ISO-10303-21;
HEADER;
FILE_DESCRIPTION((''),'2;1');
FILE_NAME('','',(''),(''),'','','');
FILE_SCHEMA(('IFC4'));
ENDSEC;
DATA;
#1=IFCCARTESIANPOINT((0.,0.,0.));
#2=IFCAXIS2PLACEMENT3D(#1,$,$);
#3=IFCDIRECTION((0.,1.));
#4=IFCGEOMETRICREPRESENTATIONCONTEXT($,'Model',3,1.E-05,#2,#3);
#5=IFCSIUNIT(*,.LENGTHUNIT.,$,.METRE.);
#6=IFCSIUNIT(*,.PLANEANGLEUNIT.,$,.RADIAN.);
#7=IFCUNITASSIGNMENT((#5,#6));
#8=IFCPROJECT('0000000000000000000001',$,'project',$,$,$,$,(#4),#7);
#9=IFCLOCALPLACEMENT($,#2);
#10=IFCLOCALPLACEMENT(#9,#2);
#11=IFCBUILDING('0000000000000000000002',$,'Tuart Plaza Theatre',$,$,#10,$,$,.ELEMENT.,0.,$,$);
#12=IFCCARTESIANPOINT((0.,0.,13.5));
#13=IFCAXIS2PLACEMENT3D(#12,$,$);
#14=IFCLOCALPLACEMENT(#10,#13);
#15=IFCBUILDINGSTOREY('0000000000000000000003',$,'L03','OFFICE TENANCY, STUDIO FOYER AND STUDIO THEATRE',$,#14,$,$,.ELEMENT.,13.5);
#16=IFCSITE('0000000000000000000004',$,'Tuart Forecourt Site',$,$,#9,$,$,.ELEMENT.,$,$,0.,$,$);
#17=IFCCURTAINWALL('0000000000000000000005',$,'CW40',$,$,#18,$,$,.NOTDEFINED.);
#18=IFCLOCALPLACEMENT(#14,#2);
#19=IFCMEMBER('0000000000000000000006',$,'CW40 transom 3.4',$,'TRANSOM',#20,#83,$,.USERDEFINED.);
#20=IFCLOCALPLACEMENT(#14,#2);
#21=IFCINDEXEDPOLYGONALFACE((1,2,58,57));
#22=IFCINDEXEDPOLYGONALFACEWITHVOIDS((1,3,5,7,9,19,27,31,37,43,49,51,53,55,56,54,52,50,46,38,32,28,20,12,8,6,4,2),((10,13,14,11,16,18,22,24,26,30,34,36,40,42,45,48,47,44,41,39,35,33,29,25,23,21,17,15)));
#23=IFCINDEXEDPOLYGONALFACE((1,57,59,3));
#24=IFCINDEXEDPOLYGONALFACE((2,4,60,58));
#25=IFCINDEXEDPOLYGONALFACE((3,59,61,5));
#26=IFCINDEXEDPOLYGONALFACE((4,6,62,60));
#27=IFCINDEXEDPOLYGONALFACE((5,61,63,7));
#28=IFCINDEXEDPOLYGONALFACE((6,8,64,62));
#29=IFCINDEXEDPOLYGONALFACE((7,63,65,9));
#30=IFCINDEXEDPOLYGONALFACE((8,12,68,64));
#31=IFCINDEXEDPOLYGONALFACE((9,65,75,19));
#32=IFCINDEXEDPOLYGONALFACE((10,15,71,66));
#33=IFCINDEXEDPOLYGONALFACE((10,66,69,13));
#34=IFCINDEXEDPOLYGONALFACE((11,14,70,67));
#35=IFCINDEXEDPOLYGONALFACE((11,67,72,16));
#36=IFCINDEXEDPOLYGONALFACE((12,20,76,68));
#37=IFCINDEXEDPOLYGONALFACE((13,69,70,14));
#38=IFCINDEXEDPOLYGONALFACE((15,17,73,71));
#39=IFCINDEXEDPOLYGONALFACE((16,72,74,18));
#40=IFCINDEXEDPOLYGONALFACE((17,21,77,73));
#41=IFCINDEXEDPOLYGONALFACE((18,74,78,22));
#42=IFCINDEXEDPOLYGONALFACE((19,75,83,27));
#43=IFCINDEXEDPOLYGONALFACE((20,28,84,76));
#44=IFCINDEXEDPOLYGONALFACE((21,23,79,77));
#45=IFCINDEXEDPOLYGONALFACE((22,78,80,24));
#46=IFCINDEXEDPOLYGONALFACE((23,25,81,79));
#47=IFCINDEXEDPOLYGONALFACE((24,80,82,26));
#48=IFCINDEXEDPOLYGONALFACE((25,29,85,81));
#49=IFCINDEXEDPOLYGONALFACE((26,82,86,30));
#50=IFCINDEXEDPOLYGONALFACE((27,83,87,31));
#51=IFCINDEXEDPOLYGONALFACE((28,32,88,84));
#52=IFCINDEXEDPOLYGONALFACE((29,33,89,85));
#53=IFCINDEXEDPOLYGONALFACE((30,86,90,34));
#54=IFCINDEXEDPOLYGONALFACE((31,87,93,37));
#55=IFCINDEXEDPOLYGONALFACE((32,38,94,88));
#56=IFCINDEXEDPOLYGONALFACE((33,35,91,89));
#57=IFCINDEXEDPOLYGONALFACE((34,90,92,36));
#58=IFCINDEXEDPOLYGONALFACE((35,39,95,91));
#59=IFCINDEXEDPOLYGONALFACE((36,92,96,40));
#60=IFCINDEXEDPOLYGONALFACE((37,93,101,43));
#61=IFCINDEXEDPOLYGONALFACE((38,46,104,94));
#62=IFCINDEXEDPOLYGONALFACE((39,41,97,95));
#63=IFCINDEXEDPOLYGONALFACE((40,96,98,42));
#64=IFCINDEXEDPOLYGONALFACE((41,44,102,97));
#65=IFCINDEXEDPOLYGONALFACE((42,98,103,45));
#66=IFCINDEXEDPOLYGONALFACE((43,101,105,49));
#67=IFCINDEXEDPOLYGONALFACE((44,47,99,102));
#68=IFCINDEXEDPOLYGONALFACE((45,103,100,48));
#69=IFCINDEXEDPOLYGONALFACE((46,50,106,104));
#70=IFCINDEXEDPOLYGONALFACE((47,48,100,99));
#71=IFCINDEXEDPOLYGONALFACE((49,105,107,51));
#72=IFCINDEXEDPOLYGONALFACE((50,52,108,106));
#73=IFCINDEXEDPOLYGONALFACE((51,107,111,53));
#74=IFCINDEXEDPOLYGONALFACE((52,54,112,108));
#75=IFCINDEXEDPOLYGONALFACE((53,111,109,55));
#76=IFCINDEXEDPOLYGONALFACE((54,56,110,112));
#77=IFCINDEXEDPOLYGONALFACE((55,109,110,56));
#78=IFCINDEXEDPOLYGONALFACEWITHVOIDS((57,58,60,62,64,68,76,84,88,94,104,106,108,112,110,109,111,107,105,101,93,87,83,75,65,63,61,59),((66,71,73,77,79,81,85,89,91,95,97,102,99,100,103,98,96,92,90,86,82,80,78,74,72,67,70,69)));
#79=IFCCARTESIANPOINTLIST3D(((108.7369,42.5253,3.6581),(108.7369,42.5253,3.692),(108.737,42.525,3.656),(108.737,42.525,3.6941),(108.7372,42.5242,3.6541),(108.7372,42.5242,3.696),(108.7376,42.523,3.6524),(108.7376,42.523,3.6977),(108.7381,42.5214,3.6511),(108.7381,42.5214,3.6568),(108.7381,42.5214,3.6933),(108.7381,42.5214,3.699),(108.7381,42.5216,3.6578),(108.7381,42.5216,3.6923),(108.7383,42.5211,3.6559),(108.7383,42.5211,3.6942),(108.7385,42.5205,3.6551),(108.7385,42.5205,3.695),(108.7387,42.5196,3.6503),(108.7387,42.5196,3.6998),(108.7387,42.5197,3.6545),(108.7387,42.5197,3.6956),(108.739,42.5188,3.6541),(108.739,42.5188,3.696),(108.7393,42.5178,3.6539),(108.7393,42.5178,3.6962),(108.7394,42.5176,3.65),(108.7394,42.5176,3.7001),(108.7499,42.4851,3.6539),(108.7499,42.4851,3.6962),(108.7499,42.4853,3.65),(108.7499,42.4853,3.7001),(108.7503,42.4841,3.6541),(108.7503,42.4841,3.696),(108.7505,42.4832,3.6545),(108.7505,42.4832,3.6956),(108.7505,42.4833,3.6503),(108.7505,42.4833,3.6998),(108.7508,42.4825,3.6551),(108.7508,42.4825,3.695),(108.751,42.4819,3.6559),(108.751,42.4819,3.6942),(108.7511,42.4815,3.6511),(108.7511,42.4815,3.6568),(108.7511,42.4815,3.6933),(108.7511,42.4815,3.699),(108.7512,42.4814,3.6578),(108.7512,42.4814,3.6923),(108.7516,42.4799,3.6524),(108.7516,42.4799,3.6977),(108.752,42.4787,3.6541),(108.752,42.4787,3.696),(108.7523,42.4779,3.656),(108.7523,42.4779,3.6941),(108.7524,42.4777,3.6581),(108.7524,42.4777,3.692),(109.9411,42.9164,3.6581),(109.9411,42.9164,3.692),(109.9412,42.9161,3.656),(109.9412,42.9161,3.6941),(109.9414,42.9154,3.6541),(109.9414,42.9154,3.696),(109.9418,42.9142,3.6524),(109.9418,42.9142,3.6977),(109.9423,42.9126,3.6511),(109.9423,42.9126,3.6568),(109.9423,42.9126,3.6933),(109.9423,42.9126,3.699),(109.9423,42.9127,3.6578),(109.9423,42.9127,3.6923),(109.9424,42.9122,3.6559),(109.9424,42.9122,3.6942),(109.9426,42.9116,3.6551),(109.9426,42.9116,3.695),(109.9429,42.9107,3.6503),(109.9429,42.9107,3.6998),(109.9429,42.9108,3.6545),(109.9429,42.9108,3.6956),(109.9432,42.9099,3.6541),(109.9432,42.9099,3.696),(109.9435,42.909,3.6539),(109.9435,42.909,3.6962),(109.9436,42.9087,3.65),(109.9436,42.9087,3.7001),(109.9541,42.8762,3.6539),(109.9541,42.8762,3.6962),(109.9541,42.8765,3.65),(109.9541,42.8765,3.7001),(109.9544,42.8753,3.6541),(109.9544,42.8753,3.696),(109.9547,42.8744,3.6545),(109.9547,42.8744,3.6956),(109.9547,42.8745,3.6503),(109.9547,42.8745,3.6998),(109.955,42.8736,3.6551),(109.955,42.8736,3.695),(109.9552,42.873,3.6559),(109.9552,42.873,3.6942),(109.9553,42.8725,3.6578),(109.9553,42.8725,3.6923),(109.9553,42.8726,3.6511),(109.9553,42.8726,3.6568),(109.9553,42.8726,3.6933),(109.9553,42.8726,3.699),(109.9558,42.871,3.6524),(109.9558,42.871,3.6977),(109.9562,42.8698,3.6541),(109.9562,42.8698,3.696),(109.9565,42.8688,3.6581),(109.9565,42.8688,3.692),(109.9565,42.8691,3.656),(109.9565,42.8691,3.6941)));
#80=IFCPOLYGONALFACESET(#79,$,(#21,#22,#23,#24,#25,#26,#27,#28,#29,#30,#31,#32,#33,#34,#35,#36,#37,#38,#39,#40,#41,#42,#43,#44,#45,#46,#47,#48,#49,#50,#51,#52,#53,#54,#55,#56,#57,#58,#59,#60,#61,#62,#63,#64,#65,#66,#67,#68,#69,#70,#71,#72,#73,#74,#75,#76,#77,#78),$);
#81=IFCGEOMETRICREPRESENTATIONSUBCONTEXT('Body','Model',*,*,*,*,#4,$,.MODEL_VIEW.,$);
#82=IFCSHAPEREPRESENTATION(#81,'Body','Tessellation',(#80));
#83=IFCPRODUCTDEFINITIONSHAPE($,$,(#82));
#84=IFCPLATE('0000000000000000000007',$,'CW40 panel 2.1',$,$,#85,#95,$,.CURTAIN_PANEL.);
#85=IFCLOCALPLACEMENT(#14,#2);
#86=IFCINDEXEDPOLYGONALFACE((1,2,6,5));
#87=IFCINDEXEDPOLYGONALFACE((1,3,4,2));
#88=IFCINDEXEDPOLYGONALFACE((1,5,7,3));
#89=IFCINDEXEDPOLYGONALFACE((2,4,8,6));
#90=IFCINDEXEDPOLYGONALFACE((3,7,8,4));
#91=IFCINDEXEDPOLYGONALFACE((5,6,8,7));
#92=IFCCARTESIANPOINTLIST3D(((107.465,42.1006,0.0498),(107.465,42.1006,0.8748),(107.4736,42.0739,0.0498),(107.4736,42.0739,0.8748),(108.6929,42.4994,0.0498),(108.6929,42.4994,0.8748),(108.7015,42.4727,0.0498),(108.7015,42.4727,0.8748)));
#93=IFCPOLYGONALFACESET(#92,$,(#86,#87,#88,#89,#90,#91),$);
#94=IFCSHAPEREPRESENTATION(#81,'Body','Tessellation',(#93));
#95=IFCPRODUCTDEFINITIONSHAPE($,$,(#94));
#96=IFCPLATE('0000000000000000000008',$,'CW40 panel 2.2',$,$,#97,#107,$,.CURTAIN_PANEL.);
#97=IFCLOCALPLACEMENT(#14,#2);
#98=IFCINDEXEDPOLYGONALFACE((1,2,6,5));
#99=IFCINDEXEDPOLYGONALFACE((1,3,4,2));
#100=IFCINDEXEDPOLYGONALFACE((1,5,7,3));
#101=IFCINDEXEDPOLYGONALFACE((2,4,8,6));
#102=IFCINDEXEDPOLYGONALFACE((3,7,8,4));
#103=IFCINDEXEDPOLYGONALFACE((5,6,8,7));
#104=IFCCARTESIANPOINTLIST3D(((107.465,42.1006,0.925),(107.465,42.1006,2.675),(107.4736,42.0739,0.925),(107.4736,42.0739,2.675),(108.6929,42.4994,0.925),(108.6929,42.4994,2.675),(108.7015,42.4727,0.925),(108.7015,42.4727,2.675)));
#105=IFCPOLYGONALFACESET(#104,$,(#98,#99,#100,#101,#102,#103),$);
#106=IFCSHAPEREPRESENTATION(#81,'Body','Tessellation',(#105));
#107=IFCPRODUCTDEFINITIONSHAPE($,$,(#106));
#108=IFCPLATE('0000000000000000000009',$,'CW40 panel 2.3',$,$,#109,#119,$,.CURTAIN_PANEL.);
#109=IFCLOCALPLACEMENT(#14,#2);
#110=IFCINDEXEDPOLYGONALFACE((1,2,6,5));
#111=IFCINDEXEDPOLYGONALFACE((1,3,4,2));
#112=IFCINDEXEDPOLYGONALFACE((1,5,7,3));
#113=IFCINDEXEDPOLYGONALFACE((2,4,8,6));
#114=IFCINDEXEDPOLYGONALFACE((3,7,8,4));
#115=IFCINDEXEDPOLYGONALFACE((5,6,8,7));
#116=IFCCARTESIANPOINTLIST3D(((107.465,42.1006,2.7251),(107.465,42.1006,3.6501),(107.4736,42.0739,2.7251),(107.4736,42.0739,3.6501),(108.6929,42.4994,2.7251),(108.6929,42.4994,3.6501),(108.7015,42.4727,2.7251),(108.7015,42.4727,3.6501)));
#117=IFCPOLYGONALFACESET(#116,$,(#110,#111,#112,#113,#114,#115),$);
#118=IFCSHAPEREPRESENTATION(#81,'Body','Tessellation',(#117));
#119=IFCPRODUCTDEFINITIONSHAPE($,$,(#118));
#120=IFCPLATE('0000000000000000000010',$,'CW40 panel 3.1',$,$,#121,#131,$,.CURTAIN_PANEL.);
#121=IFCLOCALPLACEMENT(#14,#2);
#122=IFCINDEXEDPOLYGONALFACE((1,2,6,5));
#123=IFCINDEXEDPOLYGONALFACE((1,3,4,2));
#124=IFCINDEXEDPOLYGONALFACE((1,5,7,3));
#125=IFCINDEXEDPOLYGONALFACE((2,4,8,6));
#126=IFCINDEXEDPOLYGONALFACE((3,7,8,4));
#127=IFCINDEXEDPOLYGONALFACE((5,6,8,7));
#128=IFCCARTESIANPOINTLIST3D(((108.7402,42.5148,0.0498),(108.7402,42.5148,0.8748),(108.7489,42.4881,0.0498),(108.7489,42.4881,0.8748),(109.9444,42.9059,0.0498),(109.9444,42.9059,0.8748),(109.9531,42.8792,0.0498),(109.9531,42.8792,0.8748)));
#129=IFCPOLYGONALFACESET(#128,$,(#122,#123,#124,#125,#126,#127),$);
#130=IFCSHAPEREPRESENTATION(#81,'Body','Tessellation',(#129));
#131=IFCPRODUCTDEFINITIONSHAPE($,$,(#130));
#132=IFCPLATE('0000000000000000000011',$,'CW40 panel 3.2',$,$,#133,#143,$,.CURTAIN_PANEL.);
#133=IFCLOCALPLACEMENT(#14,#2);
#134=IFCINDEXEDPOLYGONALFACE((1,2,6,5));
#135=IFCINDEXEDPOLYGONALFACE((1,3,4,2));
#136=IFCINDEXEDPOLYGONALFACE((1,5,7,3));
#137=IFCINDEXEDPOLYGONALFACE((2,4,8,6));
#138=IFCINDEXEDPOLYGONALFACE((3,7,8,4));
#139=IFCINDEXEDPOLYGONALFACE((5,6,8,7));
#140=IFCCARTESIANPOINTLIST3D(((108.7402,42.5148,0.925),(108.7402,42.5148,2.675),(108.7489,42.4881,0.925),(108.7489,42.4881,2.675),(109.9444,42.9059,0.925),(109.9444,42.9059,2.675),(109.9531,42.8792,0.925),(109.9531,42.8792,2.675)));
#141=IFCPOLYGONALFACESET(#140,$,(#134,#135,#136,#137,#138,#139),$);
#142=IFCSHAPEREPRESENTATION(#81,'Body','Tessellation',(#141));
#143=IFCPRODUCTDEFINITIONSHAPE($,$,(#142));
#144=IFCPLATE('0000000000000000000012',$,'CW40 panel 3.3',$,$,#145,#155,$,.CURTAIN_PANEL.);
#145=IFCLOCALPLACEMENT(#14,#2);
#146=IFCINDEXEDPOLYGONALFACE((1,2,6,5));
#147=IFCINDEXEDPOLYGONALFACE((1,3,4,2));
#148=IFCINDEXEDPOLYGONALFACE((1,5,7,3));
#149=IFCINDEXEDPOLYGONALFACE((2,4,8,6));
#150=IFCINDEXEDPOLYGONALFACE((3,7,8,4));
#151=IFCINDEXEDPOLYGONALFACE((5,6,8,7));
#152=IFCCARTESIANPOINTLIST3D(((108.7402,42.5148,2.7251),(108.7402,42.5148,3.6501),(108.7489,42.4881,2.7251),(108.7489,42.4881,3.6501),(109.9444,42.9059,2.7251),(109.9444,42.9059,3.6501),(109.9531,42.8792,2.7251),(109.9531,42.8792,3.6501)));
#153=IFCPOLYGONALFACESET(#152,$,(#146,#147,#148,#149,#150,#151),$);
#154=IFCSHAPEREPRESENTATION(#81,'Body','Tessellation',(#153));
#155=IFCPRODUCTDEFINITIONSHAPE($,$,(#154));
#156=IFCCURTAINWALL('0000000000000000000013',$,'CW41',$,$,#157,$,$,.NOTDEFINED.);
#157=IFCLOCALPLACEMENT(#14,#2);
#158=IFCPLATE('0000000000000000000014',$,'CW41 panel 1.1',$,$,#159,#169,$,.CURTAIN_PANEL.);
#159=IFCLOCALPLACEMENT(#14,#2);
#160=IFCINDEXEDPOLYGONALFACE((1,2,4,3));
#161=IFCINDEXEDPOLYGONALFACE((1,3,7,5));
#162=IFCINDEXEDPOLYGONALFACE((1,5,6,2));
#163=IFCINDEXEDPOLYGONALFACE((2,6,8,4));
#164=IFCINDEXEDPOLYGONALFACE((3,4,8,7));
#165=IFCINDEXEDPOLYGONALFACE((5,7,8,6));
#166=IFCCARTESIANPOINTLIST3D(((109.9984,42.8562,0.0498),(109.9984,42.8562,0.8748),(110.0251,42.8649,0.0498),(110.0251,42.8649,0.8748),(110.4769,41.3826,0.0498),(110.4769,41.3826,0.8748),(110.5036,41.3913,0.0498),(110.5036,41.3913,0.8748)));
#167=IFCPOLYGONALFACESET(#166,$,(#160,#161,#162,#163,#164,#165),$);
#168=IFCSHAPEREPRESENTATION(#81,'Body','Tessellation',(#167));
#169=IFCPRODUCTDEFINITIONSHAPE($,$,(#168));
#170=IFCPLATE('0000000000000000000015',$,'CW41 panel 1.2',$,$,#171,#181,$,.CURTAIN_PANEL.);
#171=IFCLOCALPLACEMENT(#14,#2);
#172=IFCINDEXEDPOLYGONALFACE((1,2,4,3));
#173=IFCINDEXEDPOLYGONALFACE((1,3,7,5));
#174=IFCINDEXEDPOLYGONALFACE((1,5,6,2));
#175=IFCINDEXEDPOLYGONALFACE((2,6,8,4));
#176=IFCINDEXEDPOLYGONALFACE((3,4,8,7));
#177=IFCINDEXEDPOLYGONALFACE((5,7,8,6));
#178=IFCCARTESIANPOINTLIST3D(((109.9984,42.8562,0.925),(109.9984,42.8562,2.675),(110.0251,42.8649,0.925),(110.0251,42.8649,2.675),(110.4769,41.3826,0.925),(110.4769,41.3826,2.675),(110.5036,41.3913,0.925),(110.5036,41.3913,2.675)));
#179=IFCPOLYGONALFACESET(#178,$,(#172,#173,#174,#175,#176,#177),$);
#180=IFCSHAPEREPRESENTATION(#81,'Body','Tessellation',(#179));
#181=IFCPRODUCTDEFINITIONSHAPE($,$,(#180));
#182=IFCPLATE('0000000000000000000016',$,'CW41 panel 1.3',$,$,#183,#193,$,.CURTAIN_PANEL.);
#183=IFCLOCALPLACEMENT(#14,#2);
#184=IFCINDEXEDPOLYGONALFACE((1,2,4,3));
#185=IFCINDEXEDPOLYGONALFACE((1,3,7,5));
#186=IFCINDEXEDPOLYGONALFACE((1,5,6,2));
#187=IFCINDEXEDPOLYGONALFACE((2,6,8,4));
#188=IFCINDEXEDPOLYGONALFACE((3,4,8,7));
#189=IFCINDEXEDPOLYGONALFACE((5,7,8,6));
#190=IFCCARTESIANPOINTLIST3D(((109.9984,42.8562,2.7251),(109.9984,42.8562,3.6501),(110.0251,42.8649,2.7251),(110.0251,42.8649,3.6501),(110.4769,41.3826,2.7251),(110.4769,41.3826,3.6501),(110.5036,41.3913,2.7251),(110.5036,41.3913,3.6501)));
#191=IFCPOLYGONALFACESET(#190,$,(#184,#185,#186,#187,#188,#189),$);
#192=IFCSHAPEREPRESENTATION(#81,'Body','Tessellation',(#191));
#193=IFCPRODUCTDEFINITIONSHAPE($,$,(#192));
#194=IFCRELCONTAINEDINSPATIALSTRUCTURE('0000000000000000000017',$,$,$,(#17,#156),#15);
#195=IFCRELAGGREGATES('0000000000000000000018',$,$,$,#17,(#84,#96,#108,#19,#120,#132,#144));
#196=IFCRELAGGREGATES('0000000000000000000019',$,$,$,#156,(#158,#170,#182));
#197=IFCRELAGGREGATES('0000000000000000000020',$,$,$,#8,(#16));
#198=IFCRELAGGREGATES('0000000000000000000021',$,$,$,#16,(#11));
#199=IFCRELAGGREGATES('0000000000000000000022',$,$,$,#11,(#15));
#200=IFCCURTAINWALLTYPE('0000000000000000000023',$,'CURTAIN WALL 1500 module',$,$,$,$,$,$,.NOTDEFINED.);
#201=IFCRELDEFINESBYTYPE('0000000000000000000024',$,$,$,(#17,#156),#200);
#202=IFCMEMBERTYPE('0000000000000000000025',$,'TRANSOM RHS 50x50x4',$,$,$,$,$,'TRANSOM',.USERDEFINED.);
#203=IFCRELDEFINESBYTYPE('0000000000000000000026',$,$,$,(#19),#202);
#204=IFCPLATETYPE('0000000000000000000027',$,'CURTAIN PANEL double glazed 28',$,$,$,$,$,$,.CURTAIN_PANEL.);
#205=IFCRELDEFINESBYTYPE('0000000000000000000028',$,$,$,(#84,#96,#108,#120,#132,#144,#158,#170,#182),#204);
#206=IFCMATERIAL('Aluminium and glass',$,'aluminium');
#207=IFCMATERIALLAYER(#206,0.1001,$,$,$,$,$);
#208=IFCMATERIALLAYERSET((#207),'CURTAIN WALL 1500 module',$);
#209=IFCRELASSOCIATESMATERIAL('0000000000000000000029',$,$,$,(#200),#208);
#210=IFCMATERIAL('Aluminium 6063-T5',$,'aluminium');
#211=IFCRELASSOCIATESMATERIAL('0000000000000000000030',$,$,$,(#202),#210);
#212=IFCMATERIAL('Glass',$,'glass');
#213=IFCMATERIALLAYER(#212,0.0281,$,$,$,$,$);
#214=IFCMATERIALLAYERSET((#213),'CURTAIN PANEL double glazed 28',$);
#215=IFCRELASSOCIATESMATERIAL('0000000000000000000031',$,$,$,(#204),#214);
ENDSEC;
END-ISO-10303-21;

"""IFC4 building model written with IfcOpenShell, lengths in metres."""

from ifc_helpers import new_model, si_unit, direction, frame, origin, origin_2d, place, context, subcontext, project, spatial, rectangle, hollow_rectangle, extrude, material, layer, layer_set, material_profile, profile_set, type_object, element, aggregate, save


model = new_model("IFC4")

# Units and contexts
model_context = context("Model", 3, precision=1e-05, world=origin(), true_north=direction((0.0, 1.0)))
body_context = subcontext(model_context, "Body", "Model", "MODEL_VIEW")
ifc_project = project(units=[si_unit("LENGTHUNIT", "METRE"), si_unit("PLANEANGLEUNIT", "RADIAN")], contexts=[model_context])

# Site, building, storey
site_placement = place(None, origin())
site = spatial("IfcSite", under=ifc_project, at=site_placement, Name="Tuart Forecourt Site", CompositionType="ELEMENT", RefElevation=0.0)
building_placement = place(site_placement, origin())
building = spatial("IfcBuilding", under=site, at=building_placement, Name="Tuart Plaza Theatre", CompositionType="ELEMENT", ElevationOfRefHeight=0.0)
storey_placement = place(building_placement, frame((0.0, 0.0, 13.5)))
storey = spatial("IfcBuildingStorey", under=building, at=storey_placement, Name="L03", Description="OFFICE TENANCY, STUDIO FOYER AND STUDIO THEATRE", CompositionType="ELEMENT", Elevation=13.5)

# Curtain wall, member, plates
ifc_material_1 = material(Name="Aluminium and glass", Category="aluminium")
ifc_layer_1 = layer(ifc_material_1, 0.1001)
ifc_layer_set_1 = layer_set([ifc_layer_1], Name="CURTAIN WALL 1500 module")
curtain_wall_type = type_object("IfcCurtainWallType", Name="CURTAIN WALL 1500 module", PredefinedType="NOTDEFINED", material=ifc_layer_set_1)
curtain_wall_1_placement = place(storey_placement, origin())
curtain_wall_1 = element("IfcCurtainWall", 1, at=curtain_wall_1_placement, inside=storey, type_object=curtain_wall_type, Name="CW40", PredefinedType="NOTDEFINED")
ifc_material_2 = material(Name="Aluminium 6063-T5", Category="aluminium")
ifc_material_profile_1 = material_profile(ifc_material_2, hollow_rectangle(XDim=0.05, YDim=0.05, WallThickness=0.0039, InnerFilletRadius=0.0039, OuterFilletRadius=0.0081, at=origin_2d()), Name="RHS 50x50x4")
ifc_profile_set_1 = profile_set([ifc_material_profile_1], Name="Aluminium 6063-T5")
member_type_1 = type_object("IfcMemberType", Name="TRANSOM RHS 50x50x4", ElementType="TRANSOM", PredefinedType="USERDEFINED", material=ifc_profile_set_1)
member_1_placement = place(storey_placement, frame((108.7446, 42.5015, 3.675), z_axis=(0.951085, 0.308929, 0.0), x_axis=(-0.308929, 0.951085, 0.0)))
member_1 = element("IfcMember", 2, at=member_1_placement, type_object=member_type_1, Name="CW40 transom 3.4", ObjectType="TRANSOM", PredefinedType="USERDEFINED", context=body_context, shape_type="SweptSolid", body=[
    extrude(hollow_rectangle(XDim=0.05, YDim=0.05, WallThickness=0.0039, InnerFilletRadius=0.0039, OuterFilletRadius=0.0081, at=origin_2d()), origin(), (0.0, 0.0, 1.0), 1.2661),
])
ifc_material_3 = material(Name="Glass", Category="glass")
ifc_layer_2 = layer(ifc_material_3, 0.0281)
ifc_layer_set_2 = layer_set([ifc_layer_2], Name="CURTAIN PANEL double glazed 28")
plate_type = type_object("IfcPlateType", Name="CURTAIN PANEL double glazed 28", PredefinedType="CURTAIN_PANEL", material=ifc_layer_set_2)
plate_1_placement = place(storey_placement, frame((108.0833, 42.2866, 0.0498), z_axis=(0.0, 0.0, 1.0), x_axis=(0.951099, 0.308885, 0.0)))
plate_1 = element("IfcPlate", 3, at=plate_1_placement, type_object=plate_type, Name="CW40 panel 2.1", PredefinedType="CURTAIN_PANEL", context=body_context, shape_type="SweptSolid", body=[
    extrude(rectangle(XDim=1.291, YDim=0.0281, at=origin_2d()), origin(), (0.0, 0.0, 1.0), 0.825),
])
plate_2_placement = place(storey_placement, frame((108.0833, 42.2866, 0.925), z_axis=(0.0, 0.0, 1.0), x_axis=(0.951099, 0.308885, 0.0)))
plate_2 = element("IfcPlate", 4, at=plate_2_placement, type_object=plate_type, Name="CW40 panel 2.2", PredefinedType="CURTAIN_PANEL", context=body_context, shape_type="SweptSolid", body=[
    extrude(rectangle(XDim=1.291, YDim=0.0281, at=origin_2d()), origin(), (0.0, 0.0, 1.0), 1.75),
])
plate_3_placement = place(storey_placement, frame((108.0833, 42.2866, 2.7251), z_axis=(0.0, 0.0, 1.0), x_axis=(0.951099, 0.308885, 0.0)))
plate_3 = element("IfcPlate", 5, at=plate_3_placement, type_object=plate_type, Name="CW40 panel 2.3", PredefinedType="CURTAIN_PANEL", context=body_context, shape_type="SweptSolid", body=[
    extrude(rectangle(XDim=1.291, YDim=0.0281, at=origin_2d()), origin(), (0.0, 0.0, 1.0), 0.925),
])
plate_4_placement = place(storey_placement, frame((109.3467, 42.697, 0.0498), z_axis=(0.0, 0.0, 1.0), x_axis=(0.951099, 0.308885, 0.0)))
plate_4 = element("IfcPlate", 6, at=plate_4_placement, type_object=plate_type, Name="CW40 panel 3.1", PredefinedType="CURTAIN_PANEL", context=body_context, shape_type="SweptSolid", body=[
    extrude(rectangle(XDim=1.2661, YDim=0.0281, at=origin_2d()), origin(), (0.0, 0.0, 1.0), 0.825),
])
plate_5_placement = place(storey_placement, frame((109.3467, 42.697, 0.925), z_axis=(0.0, 0.0, 1.0), x_axis=(0.951099, 0.308885, 0.0)))
plate_5 = element("IfcPlate", 7, at=plate_5_placement, type_object=plate_type, Name="CW40 panel 3.2", PredefinedType="CURTAIN_PANEL", context=body_context, shape_type="SweptSolid", body=[
    extrude(rectangle(XDim=1.2661, YDim=0.0281, at=origin_2d()), origin(), (0.0, 0.0, 1.0), 1.75),
])
plate_6_placement = place(storey_placement, frame((109.3467, 42.697, 2.7251), z_axis=(0.0, 0.0, 1.0), x_axis=(0.951099, 0.308885, 0.0)))
plate_6 = element("IfcPlate", 8, at=plate_6_placement, type_object=plate_type, Name="CW40 panel 3.3", PredefinedType="CURTAIN_PANEL", context=body_context, shape_type="SweptSolid", body=[
    extrude(rectangle(XDim=1.2661, YDim=0.0281, at=origin_2d()), origin(), (0.0, 0.0, 1.0), 0.925),
])
aggregate(curtain_wall_1, [plate_1, plate_2, plate_3, member_1, plate_4, plate_5, plate_6])

# Curtain wall, plates
curtain_wall_2_placement = place(storey_placement, origin())
curtain_wall_2 = element("IfcCurtainWall", 9, at=curtain_wall_2_placement, inside=storey, type_object=curtain_wall_type, Name="CW41", PredefinedType="NOTDEFINED")
plate_7_placement = place(storey_placement, frame((110.251, 42.1238, 0.0498), z_axis=(0.0, 0.0, 1.0), x_axis=(0.308815, -0.951122, 0.0)))
plate_7 = element("IfcPlate", 10, at=plate_7_placement, type_object=plate_type, Name="CW41 panel 1.1", PredefinedType="CURTAIN_PANEL", context=body_context, shape_type="SweptSolid", body=[
    extrude(rectangle(XDim=1.5493, YDim=0.0281, at=origin_2d()), origin(), (0.0, 0.0, 1.0), 0.825),
])
plate_8_placement = place(storey_placement, frame((110.251, 42.1238, 0.925), z_axis=(0.0, 0.0, 1.0), x_axis=(0.308815, -0.951122, 0.0)))
plate_8 = element("IfcPlate", 11, at=plate_8_placement, type_object=plate_type, Name="CW41 panel 1.2", PredefinedType="CURTAIN_PANEL", context=body_context, shape_type="SweptSolid", body=[
    extrude(rectangle(XDim=1.5493, YDim=0.0281, at=origin_2d()), origin(), (0.0, 0.0, 1.0), 1.75),
])
plate_9_placement = place(storey_placement, frame((110.251, 42.1238, 2.7251), z_axis=(0.0, 0.0, 1.0), x_axis=(0.308815, -0.951122, 0.0)))
plate_9 = element("IfcPlate", 12, at=plate_9_placement, type_object=plate_type, Name="CW41 panel 1.3", PredefinedType="CURTAIN_PANEL", context=body_context, shape_type="SweptSolid", body=[
    extrude(rectangle(XDim=1.5493, YDim=0.0281, at=origin_2d()), origin(), (0.0, 0.0, 1.0), 0.925),
])
aggregate(curtain_wall_2, [plate_7, plate_8, plate_9])

save(model, "model.ifc")
